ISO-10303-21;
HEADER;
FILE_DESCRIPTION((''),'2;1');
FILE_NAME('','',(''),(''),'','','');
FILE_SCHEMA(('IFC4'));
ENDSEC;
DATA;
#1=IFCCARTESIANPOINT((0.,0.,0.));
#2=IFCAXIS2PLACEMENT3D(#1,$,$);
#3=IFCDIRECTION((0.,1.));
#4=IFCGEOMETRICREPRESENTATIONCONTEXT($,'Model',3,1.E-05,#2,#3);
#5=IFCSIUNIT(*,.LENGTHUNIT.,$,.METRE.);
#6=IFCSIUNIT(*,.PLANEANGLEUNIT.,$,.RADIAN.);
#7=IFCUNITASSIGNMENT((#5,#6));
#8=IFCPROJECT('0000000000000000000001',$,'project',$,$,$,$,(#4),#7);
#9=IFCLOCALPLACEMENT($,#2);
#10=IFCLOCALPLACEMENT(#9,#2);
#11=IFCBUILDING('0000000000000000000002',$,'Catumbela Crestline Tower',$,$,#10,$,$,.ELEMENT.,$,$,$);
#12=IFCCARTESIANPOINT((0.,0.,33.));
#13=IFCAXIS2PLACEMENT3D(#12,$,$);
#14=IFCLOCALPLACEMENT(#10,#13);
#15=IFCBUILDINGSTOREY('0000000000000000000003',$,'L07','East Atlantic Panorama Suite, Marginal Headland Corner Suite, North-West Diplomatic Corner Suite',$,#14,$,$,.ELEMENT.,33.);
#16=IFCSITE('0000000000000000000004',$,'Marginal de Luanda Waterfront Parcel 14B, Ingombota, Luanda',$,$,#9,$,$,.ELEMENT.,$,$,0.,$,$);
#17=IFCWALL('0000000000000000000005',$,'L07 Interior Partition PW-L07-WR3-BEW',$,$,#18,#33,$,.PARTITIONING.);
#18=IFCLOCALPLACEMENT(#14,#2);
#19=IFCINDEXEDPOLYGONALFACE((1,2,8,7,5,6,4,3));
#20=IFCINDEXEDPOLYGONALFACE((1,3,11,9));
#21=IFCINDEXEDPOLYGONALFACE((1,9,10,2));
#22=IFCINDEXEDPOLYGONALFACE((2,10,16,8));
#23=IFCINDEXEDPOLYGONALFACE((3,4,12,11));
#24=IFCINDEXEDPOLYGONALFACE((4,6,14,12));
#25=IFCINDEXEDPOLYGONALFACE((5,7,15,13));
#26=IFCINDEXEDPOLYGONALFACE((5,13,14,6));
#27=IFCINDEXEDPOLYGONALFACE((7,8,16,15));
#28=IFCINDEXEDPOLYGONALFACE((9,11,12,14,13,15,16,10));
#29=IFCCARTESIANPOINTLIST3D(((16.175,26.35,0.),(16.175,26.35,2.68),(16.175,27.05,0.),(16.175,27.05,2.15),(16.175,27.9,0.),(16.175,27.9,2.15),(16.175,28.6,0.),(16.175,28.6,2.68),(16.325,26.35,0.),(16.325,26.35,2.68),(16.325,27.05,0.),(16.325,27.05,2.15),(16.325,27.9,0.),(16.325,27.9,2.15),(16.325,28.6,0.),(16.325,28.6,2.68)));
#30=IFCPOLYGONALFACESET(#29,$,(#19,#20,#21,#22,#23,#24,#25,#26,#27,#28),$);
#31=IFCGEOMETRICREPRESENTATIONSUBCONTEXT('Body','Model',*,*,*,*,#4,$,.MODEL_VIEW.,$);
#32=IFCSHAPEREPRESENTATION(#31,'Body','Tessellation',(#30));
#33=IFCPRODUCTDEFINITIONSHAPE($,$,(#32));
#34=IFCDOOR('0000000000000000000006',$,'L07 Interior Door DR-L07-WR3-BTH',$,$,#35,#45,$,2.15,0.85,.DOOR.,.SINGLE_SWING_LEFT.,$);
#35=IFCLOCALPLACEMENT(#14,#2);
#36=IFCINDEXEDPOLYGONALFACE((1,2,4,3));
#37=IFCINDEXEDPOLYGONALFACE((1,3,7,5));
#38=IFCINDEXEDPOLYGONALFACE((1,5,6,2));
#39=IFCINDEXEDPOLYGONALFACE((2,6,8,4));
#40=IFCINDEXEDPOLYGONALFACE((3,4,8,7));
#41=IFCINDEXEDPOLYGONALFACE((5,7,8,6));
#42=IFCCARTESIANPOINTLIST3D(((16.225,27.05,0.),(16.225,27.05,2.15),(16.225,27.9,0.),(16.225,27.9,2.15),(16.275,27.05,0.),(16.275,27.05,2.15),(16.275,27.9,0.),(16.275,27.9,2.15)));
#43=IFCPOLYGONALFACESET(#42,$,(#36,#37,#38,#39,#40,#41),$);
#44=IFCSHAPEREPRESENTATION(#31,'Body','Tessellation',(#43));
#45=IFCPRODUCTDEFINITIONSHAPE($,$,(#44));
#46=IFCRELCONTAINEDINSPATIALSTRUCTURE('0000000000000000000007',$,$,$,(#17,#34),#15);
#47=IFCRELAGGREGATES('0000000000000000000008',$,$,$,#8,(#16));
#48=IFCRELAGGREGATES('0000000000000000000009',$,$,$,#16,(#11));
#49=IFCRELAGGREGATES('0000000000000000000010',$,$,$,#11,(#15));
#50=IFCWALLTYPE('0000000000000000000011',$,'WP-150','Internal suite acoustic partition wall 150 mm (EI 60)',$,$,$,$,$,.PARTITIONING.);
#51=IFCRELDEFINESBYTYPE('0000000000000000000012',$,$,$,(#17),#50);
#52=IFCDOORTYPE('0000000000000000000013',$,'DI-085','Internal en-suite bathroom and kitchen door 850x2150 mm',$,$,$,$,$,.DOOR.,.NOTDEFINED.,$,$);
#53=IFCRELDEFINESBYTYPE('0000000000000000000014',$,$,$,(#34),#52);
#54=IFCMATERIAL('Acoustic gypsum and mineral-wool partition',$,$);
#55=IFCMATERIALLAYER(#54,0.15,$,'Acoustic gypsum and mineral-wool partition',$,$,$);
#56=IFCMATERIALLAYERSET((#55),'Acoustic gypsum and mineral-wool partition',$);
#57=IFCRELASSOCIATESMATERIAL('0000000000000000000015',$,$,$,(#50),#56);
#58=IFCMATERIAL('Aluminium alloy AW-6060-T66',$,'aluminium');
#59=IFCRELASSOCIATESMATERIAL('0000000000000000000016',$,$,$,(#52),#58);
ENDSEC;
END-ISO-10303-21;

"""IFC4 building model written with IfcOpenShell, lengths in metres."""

from ifc_helpers import new_model, si_unit, direction, frame, frame_2d, origin, place, context, subcontext, project, spatial, rectangle, extrude, material, layer, layer_set, type_object, element, fill, save


model = new_model("IFC4")

# Units and contexts
model_context = context("Model", 3, precision=1e-05, world=origin(), true_north=direction((0.0, 1.0)))
body_context = subcontext(model_context, "Body", "Model", "MODEL_VIEW")
ifc_project = project(units=[si_unit("LENGTHUNIT", "METRE"), si_unit("PLANEANGLEUNIT", "RADIAN")], contexts=[model_context])

# Site, building, storey
site_placement = place(None, origin())
site = spatial("IfcSite", under=ifc_project, at=site_placement, Name="Marginal de Luanda Waterfront Parcel 14B, Ingombota, Luanda", CompositionType="ELEMENT", RefElevation=0.0)
building_placement = place(site_placement, origin())
building = spatial("IfcBuilding", under=site, at=building_placement, Name="Catumbela Crestline Tower", CompositionType="ELEMENT")
storey_placement = place(building_placement, frame((0.0, 0.0, 33.0)))
storey = spatial("IfcBuildingStorey", under=building, at=storey_placement, Name="L07", Description="East Atlantic Panorama Suite, Marginal Headland Corner Suite, North-West Diplomatic Corner Suite", CompositionType="ELEMENT", Elevation=33.0)

# Shared definitions
ifc_material_1 = material(Name="Acoustic gypsum and mineral-wool partition")
ifc_material_2 = material(Name="Aluminium alloy AW-6060-T66", Category="aluminium")

# Shared definitions
ifc_layer_1 = layer(ifc_material_1, 0.15, Name="Acoustic gypsum and mineral-wool partition")
ifc_layer_set_1 = layer_set([ifc_layer_1], Name="Acoustic gypsum and mineral-wool partition")
wall_type_1 = type_object("IfcWallType", Name="WP-150", Description="Internal suite acoustic partition wall 150 mm (EI 60)", PredefinedType="PARTITIONING", material=ifc_layer_set_1)

# Shared definitions
door_type_1 = type_object("IfcDoorType", Name="DI-085", Description="Internal en-suite bathroom and kitchen door 850x2150 mm", OperationType="NOTDEFINED", PredefinedType="DOOR", material=ifc_material_2)

# Wall, opening, door
wall_1_placement = place(storey_placement, frame((16.25, 26.35, 0.0), z_axis=(0.0, 0.0, 1.0), x_axis=(0.0, 1.0, 0.0)))
wall_1 = element("IfcWall", 1, at=wall_1_placement, inside=storey, type_object=wall_type_1, Name="L07 Interior Partition PW-L07-WR3-BEW", PredefinedType="PARTITIONING", context=body_context, shape_type="SweptSolid", body=[
    extrude(rectangle(XDim=2.25, YDim=0.15, at=frame_2d((1.125, 0.0))), origin(), (0.0, 0.0, 1.0), 2.68),
])
opening_1_placement = place(wall_1_placement, frame((0.7, 0.0, 0.0)))
opening_1 = element("IfcOpeningElement", 2, at=opening_1_placement, cuts=wall_1, PredefinedType="OPENING", context=body_context, shape_type="SweptSolid", body=[
    extrude(rectangle(XDim=0.85, YDim=2.15, at=frame_2d((0.425, 1.075))), frame((0.0, 0.085, 0.0), z_axis=(0.0, -1.0, 0.0), x_axis=(1.0, 0.0, 0.0)), (0.0, 0.0, 1.0), 0.17),
])
door_1_placement = place(opening_1_placement, origin())
door_1 = element("IfcDoor", 3, at=door_1_placement, inside=storey, type_object=door_type_1, Name="L07 Interior Door DR-L07-WR3-BTH", OperationType="SINGLE_SWING_LEFT", OverallHeight=2.15, OverallWidth=0.85, PredefinedType="DOOR", context=body_context, shape_type="SweptSolid", body=[
    extrude(rectangle(XDim=0.85, YDim=2.15, at=frame_2d((0.425, 1.075))), frame((0.0, 0.025, 0.0), z_axis=(0.0, -1.0, 0.0), x_axis=(1.0, 0.0, 0.0)), (0.0, 0.0, 1.0), 0.05),
])
fill(opening_1, door_1)

save(model, "model.ifc")
